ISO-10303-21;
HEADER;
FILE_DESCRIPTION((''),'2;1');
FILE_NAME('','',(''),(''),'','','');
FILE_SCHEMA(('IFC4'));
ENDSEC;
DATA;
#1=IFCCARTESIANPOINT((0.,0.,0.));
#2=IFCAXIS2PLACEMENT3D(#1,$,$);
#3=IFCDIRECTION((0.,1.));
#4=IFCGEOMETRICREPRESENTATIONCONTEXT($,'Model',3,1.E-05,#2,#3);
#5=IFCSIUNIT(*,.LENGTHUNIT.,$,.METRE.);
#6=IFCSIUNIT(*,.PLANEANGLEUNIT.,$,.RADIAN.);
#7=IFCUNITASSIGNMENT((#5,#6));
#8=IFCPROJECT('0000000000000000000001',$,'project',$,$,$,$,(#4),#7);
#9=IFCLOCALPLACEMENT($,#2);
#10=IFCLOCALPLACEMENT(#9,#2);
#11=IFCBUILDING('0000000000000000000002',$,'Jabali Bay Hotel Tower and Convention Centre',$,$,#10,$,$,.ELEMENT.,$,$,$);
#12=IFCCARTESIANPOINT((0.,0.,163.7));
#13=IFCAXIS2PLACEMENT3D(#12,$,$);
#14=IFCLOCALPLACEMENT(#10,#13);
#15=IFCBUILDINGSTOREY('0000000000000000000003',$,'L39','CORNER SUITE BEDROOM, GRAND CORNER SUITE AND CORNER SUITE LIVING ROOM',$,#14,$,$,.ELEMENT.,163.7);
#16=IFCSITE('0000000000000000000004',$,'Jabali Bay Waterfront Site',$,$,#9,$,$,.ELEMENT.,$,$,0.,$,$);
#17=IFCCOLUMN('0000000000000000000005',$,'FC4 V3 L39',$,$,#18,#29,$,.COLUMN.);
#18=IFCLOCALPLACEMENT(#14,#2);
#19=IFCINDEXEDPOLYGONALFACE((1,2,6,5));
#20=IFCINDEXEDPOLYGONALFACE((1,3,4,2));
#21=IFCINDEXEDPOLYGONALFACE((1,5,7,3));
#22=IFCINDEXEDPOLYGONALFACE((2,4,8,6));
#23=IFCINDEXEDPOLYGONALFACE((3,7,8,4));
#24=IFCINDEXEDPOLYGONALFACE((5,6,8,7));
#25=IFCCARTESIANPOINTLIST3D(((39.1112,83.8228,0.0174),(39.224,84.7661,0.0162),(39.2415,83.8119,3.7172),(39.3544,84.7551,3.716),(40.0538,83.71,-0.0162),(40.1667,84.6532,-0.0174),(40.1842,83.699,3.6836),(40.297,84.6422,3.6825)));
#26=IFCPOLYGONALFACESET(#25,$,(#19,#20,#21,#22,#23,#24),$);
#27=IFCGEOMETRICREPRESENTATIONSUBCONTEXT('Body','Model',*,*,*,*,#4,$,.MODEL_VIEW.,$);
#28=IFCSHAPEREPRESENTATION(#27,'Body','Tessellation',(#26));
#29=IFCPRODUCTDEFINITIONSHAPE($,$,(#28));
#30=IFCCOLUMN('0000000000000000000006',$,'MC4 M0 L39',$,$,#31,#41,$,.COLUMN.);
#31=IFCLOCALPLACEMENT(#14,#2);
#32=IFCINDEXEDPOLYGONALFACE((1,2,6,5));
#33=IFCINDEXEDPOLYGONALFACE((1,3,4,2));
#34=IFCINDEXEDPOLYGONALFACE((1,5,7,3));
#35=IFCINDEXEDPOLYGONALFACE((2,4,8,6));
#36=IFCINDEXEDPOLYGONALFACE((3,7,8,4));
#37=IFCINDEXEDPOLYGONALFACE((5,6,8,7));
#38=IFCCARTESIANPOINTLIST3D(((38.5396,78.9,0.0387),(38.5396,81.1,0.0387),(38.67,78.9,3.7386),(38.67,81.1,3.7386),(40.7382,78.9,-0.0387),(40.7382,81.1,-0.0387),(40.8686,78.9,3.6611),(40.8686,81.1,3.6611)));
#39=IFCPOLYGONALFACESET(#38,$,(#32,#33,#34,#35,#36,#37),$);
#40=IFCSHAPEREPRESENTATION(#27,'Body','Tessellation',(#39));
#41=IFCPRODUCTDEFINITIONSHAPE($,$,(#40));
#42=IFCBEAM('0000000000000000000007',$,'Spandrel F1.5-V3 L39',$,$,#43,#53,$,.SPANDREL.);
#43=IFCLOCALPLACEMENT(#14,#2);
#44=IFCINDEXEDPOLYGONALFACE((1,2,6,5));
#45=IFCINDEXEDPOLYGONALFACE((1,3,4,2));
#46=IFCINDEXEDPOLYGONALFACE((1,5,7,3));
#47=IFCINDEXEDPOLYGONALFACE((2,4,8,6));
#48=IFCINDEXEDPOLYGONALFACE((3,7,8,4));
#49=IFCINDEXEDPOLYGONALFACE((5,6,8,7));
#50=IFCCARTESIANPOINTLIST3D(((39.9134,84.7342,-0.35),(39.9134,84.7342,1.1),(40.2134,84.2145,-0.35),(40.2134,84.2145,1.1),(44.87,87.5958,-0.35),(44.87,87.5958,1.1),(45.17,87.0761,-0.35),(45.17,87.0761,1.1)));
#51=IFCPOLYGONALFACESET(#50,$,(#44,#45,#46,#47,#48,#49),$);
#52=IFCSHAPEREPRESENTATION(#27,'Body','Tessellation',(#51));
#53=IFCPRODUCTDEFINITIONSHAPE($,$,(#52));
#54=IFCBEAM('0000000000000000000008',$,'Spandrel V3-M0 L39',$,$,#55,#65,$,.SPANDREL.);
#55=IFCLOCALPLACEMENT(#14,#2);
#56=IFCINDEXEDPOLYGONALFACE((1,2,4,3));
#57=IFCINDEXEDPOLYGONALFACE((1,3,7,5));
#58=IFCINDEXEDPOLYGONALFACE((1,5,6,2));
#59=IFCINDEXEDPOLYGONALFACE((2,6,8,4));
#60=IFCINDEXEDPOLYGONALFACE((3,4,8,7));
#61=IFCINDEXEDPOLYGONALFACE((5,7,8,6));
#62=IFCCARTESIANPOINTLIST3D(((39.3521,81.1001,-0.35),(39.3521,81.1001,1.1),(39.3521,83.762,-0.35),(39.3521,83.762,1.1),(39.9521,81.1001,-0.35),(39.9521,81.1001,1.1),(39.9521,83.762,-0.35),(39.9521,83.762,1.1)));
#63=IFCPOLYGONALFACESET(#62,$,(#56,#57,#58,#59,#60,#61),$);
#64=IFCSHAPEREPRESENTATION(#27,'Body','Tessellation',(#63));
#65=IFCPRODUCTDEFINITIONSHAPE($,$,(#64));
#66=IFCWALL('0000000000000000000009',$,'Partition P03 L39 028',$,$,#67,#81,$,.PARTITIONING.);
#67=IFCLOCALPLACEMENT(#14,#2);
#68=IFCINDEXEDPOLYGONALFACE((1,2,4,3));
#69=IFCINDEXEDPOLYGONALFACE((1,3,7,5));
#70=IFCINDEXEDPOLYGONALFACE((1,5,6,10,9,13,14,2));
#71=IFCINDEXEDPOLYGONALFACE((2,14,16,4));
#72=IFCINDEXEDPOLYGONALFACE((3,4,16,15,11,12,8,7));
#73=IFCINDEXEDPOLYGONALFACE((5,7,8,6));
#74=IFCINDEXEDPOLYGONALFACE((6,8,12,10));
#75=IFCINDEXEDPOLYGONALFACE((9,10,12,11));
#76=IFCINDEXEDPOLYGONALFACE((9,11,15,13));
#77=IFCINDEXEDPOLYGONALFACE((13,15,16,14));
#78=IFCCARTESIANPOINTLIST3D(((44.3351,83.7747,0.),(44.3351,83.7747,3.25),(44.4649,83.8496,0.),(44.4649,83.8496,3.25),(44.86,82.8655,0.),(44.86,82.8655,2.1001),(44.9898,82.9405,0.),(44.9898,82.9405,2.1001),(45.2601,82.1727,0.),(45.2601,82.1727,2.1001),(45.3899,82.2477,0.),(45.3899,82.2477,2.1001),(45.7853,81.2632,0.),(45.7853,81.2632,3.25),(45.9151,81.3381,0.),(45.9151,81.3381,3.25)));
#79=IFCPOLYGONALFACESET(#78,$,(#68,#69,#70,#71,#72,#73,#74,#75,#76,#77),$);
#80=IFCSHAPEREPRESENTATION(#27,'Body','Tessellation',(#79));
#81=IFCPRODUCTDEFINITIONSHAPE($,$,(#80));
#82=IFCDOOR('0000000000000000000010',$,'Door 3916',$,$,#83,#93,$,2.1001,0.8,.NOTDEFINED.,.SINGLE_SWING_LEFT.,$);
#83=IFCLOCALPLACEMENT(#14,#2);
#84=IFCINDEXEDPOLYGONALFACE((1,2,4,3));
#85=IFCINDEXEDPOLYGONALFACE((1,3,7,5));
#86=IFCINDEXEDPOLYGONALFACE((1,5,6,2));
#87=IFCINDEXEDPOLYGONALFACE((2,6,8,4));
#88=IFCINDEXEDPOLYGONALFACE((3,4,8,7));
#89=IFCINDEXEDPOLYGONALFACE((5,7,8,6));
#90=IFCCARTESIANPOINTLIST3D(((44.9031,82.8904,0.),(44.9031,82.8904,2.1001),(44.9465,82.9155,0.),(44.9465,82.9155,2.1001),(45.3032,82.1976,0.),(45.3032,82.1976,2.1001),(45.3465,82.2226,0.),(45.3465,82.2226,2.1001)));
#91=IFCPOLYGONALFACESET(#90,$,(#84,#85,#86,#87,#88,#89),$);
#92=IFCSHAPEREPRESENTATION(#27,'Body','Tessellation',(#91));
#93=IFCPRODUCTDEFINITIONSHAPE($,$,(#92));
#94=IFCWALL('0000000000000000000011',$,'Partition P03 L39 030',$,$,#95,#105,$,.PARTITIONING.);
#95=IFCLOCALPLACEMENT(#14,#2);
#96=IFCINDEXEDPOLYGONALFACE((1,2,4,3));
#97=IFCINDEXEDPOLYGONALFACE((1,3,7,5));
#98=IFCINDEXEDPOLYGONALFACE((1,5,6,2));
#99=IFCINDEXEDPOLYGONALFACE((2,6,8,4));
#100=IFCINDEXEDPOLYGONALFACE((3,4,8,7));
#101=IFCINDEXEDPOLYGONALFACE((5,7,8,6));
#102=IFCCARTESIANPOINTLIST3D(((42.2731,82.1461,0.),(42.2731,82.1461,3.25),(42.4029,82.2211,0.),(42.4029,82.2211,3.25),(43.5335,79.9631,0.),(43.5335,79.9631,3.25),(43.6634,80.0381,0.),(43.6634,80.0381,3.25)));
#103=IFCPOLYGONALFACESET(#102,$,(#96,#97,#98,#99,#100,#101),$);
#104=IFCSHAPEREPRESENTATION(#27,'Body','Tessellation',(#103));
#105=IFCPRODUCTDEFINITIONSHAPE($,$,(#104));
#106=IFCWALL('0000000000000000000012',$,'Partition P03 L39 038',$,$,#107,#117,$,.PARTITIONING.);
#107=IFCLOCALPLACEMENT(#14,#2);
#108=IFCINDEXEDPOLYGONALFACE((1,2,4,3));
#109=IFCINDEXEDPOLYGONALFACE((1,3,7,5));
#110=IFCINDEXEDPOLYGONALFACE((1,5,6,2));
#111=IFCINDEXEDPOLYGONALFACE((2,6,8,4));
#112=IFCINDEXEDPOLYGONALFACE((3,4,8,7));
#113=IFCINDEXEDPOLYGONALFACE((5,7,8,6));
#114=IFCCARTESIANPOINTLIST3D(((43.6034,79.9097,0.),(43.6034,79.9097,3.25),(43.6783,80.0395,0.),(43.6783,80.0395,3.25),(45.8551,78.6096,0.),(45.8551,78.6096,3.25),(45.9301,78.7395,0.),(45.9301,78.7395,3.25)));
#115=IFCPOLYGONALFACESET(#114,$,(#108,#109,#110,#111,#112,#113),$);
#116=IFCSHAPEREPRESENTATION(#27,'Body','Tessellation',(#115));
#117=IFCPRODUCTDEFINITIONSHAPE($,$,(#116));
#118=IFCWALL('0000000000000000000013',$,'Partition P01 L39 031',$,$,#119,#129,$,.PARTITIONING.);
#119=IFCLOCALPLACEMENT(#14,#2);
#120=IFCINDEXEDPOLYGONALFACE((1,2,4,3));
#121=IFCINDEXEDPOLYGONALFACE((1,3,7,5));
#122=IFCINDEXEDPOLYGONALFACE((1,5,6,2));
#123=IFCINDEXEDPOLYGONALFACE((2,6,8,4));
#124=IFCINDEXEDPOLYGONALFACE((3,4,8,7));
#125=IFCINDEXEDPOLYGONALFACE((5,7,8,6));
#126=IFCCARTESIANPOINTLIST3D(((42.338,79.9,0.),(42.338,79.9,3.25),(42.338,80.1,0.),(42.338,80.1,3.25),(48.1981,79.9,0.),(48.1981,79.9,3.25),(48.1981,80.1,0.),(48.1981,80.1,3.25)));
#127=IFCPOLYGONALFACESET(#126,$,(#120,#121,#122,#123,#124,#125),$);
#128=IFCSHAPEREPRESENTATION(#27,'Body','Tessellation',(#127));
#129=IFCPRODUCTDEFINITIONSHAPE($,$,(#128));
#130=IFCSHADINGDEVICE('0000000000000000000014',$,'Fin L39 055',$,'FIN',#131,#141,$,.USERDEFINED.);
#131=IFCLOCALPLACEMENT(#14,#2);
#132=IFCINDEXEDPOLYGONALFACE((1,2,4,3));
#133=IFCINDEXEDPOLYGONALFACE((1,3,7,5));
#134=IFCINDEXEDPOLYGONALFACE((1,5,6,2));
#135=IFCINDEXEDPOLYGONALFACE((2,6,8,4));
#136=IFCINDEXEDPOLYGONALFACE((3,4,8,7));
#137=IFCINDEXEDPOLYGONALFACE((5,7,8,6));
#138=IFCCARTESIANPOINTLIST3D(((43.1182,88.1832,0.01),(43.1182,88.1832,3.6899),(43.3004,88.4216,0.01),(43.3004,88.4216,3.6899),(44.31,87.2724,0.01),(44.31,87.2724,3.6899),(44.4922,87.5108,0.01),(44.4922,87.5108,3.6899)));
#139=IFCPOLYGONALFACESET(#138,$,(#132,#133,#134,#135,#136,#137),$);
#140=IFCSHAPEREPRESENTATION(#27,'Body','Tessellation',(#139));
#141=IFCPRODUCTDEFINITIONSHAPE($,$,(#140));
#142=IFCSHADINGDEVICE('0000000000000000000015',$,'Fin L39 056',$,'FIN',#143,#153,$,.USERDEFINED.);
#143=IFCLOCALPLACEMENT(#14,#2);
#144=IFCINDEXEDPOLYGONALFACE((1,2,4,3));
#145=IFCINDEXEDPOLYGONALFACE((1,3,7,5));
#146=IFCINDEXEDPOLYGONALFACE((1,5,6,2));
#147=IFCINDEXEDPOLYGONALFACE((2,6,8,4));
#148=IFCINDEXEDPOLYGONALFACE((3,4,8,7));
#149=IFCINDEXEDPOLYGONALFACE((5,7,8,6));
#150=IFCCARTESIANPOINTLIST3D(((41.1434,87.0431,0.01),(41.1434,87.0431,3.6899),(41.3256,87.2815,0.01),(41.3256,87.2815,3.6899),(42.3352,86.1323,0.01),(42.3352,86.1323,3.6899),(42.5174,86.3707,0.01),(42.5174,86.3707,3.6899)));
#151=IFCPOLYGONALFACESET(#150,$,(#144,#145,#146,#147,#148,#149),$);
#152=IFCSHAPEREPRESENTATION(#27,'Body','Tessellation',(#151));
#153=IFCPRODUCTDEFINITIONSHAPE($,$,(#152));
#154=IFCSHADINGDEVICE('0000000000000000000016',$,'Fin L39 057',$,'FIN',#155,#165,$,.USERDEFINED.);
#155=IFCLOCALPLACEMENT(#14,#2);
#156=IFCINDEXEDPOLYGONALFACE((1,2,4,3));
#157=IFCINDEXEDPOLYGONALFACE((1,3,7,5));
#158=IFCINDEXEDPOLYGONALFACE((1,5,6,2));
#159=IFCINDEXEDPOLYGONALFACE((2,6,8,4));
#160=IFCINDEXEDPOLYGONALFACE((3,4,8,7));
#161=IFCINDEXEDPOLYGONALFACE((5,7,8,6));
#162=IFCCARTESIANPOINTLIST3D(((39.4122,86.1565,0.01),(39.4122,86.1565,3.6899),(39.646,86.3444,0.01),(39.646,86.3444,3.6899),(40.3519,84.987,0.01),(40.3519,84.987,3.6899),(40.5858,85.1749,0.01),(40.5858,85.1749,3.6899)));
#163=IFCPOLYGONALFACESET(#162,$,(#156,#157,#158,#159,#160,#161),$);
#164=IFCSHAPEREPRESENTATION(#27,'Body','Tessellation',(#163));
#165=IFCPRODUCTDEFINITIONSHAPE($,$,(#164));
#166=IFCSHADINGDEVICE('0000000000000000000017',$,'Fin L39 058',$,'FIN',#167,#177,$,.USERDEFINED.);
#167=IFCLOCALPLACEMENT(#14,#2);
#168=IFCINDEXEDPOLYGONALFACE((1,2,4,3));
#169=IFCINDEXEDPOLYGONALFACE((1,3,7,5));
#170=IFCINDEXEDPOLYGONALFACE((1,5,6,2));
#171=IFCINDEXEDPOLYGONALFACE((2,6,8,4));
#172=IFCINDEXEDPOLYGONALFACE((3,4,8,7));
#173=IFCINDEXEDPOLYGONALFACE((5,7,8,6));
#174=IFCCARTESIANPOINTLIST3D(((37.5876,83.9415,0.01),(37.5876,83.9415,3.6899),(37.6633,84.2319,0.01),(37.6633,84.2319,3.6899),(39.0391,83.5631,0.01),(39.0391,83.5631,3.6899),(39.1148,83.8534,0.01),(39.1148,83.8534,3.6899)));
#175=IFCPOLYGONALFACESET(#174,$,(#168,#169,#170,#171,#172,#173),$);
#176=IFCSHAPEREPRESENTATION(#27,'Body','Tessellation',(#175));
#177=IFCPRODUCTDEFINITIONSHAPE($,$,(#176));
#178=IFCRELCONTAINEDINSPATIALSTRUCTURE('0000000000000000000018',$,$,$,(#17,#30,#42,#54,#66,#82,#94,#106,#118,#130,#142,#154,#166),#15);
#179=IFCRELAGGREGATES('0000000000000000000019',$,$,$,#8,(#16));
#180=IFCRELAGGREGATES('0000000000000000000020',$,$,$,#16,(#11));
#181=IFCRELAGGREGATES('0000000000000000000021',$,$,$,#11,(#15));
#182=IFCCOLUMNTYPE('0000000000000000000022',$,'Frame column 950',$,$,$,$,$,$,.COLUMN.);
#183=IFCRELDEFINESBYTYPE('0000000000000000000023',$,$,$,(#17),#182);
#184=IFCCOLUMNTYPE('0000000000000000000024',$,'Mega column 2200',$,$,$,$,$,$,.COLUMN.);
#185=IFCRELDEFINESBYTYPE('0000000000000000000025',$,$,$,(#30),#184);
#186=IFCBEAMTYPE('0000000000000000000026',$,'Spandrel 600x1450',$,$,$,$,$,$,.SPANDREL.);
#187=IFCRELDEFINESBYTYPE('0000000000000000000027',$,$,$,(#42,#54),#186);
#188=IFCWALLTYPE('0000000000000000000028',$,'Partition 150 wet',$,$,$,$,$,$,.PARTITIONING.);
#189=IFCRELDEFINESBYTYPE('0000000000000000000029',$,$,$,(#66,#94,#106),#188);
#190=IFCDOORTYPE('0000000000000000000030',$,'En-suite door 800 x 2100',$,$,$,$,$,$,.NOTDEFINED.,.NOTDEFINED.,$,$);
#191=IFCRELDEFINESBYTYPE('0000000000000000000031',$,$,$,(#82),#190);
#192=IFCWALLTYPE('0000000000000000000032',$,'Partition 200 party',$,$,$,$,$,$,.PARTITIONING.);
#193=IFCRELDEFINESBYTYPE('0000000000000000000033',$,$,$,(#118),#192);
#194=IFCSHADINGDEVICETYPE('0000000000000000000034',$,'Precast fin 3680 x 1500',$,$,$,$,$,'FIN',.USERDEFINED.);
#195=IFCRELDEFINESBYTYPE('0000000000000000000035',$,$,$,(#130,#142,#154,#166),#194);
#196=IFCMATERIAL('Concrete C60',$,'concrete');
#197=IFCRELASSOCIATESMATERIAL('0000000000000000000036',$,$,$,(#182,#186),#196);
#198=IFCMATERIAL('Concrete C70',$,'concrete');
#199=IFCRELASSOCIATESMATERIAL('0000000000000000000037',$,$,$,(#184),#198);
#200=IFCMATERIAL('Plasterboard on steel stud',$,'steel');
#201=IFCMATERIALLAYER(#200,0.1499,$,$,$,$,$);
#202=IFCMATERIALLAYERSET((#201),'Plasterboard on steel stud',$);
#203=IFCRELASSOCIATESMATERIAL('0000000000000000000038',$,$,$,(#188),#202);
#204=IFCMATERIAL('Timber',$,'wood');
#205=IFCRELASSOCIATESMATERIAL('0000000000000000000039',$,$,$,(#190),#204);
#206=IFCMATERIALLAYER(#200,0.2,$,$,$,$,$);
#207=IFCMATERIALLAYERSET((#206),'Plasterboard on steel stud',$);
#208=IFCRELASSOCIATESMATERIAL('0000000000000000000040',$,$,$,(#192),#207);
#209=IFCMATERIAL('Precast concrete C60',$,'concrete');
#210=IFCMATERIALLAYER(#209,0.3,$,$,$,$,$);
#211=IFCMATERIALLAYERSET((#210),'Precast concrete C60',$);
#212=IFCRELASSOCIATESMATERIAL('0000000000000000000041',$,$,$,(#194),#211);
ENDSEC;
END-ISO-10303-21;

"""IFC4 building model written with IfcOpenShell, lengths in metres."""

from ifc_helpers import new_model, si_unit, direction, frame, frame_2d, origin, origin_2d, place, context, subcontext, project, spatial, rectangle, extrude, material, layer, layer_set, material_profile, profile_set, type_object, element, fill, save


model = new_model("IFC4")

# Units and contexts
model_context = context("Model", 3, precision=1e-05, world=origin(), true_north=direction((0.0, 1.0)))
body_context = subcontext(model_context, "Body", "Model", "MODEL_VIEW")
ifc_project = project(units=[si_unit("LENGTHUNIT", "METRE"), si_unit("PLANEANGLEUNIT", "RADIAN")], contexts=[model_context])

# Site, building, storey
site_placement = place(None, origin())
site = spatial("IfcSite", under=ifc_project, at=site_placement, Name="Jabali Bay Waterfront Site", CompositionType="ELEMENT", RefElevation=0.0)
building_placement = place(site_placement, origin())
building = spatial("IfcBuilding", under=site, at=building_placement, Name="Jabali Bay Hotel Tower and Convention Centre", CompositionType="ELEMENT")
storey_placement = place(building_placement, frame((0.0, 0.0, 163.7)))
storey = spatial("IfcBuildingStorey", under=building, at=storey_placement, Name="L39", Description="CORNER SUITE BEDROOM, GRAND CORNER SUITE AND CORNER SUITE LIVING ROOM", CompositionType="ELEMENT", Elevation=163.7)

# Columns
ifc_material_1 = material(Name="Concrete C60", Category="concrete")
ifc_material_profile_1 = material_profile(ifc_material_1, rectangle(XDim=0.95, YDim=0.95, at=origin_2d()), Name="Frame column 950")
ifc_profile_set_1 = profile_set([ifc_material_profile_1], Name="Concrete C60")
column_type_1 = type_object("IfcColumnType", Name="Frame column 950", PredefinedType="COLUMN", material=ifc_profile_set_1)
column_1_placement = place(storey_placement, frame((39.6389, 84.238, 0.0), z_axis=(0.035214, -0.002967, 0.999375), x_axis=(-0.992291, 0.118791, 0.035317)))
element("IfcColumn", 1, at=column_1_placement, inside=storey, type_object=column_type_1, Name="FC4 V3 L39", PredefinedType="COLUMN", context=body_context, shape_type="SweptSolid", body=[
    extrude(rectangle(XDim=0.95, YDim=0.95, at=origin_2d()), origin(), (0.0, 0.0, 1.0), 3.7021),
])
ifc_material_2 = material(Name="Concrete C70", Category="concrete")
ifc_material_profile_2 = material_profile(ifc_material_2, rectangle(XDim=2.2, YDim=2.2, at=origin_2d()), Name="Mega column 2200")
ifc_profile_set_2 = profile_set([ifc_material_profile_2], Name="Concrete C70")
column_type_2 = type_object("IfcColumnType", Name="Mega column 2200", PredefinedType="COLUMN", material=ifc_profile_set_2)
column_2_placement = place(storey_placement, frame((39.6389, 80.0, 0.0), z_axis=(0.035214, 0.0, 0.99938), x_axis=(0.0, 1.0, 0.0)))
element("IfcColumn", 2, at=column_2_placement, inside=storey, type_object=column_type_2, Name="MC4 M0 L39", PredefinedType="COLUMN", context=body_context, shape_type="SweptSolid", body=[
    extrude(rectangle(XDim=2.2, YDim=2.2, at=origin_2d()), origin(), (0.0, 0.0, 1.0), 3.7021),
])

# Beams
ifc_material_profile_3 = material_profile(ifc_material_1, rectangle(XDim=0.6001, YDim=1.45, at=origin_2d()), Name="Spandrel 600x1450")
ifc_profile_set_3 = profile_set([ifc_material_profile_3], Name="Concrete C60")
beam_type = type_object("IfcBeamType", Name="Spandrel 600x1450", PredefinedType="SPANDREL", material=ifc_profile_set_3)
beam_1_placement = place(storey_placement, frame((45.02, 87.3359, 0.375), z_axis=(-0.866032, -0.499988, 0.0), x_axis=(0.499988, -0.866032, 0.0)))
element("IfcBeam", 3, at=beam_1_placement, inside=storey, type_object=beam_type, Name="Spandrel F1.5-V3 L39", PredefinedType="SPANDREL", context=body_context, shape_type="SweptSolid", body=[
    extrude(rectangle(XDim=0.6001, YDim=1.45, at=origin_2d()), origin(), (0.0, 0.0, 1.0), 5.7234),
])
beam_2_placement = place(storey_placement, frame((39.6521, 83.762, 0.375), z_axis=(0.0, -1.0, 0.0), x_axis=(1.0, 0.0, 0.0)))
element("IfcBeam", 4, at=beam_2_placement, inside=storey, type_object=beam_type, Name="Spandrel V3-M0 L39", PredefinedType="SPANDREL", context=body_context, shape_type="SweptSolid", body=[
    extrude(rectangle(XDim=0.6001, YDim=1.45, at=origin_2d()), origin(), (0.0, 0.0, 1.0), 2.6619),
])

# Wall, opening, door
ifc_material_3 = material(Name="Plasterboard on steel stud", Category="steel")
ifc_layer_1 = layer(ifc_material_3, 0.1499)
ifc_layer_set_1 = layer_set([ifc_layer_1], Name="Plasterboard on steel stud")
wall_type_1 = type_object("IfcWallType", Name="Partition 150 wet", PredefinedType="PARTITIONING", material=ifc_layer_set_1)
wall_1_placement = place(storey_placement, frame((44.3999, 83.8123, 0.0), z_axis=(0.0, 0.0, 1.0), x_axis=(0.50005, -0.865996, 0.0)))
wall_1 = element("IfcWall", 5, at=wall_1_placement, inside=storey, type_object=wall_type_1, Name="Partition P03 L39 028", PredefinedType="PARTITIONING", context=body_context, shape_type="SweptSolid", body=[
    extrude(rectangle(XDim=2.9001, YDim=0.1499, at=frame_2d((1.4502, 0.0))), origin(), (0.0, 0.0, 1.0), 3.25),
])
opening_1_placement = place(wall_1_placement, frame((1.05, 0.0, 0.0)))
opening_1 = element("IfcOpeningElement", 6, at=opening_1_placement, cuts=wall_1, PredefinedType="OPENING", context=body_context, shape_type="SweptSolid", body=[
    extrude(rectangle(XDim=0.8, YDim=2.1001, at=frame_2d((0.3999, 1.05))), frame((0.0, 0.0854, 0.0), z_axis=(0.0, -1.0, 0.0), x_axis=(1.0, 0.0, 0.0)), (0.0, 0.0, 1.0), 0.1709),
])
ifc_material_4 = material(Name="Timber", Category="wood")
door_type_1 = type_object("IfcDoorType", Name="En-suite door 800 x 2100", OperationType="NOTDEFINED", PredefinedType="NOTDEFINED", material=ifc_material_4)
door_1_placement = place(opening_1_placement, origin())
door_1 = element("IfcDoor", 7, at=door_1_placement, inside=storey, type_object=door_type_1, Name="Door 3916", OperationType="SINGLE_SWING_LEFT", OverallHeight=2.1001, OverallWidth=0.8, PredefinedType="NOTDEFINED", context=body_context, shape_type="SweptSolid", body=[
    extrude(rectangle(XDim=0.8, YDim=2.1001, at=frame_2d((0.3999, 1.05))), frame((0.0, 0.0249, 0.0), z_axis=(0.0, -1.0, 0.0), x_axis=(1.0, 0.0, 0.0)), (0.0, 0.0, 1.0), 0.05),
])
fill(opening_1, door_1)

# Walls
wall_2_placement = place(storey_placement, frame((43.5984, 80.0007, 0.0), z_axis=(0.0, 0.0, 1.0), x_axis=(-0.500024, 0.866011, 0.0)))
element("IfcWall", 8, at=wall_2_placement, inside=storey, type_object=wall_type_1, Name="Partition P03 L39 030", PredefinedType="PARTITIONING", context=body_context, shape_type="SweptSolid", body=[
    extrude(rectangle(XDim=2.5208, YDim=0.1499, at=frame_2d((1.2603, 0.0))), origin(), (0.0, 0.0, 1.0), 3.25),
])
wall_3_placement = place(storey_placement, frame((43.6409, 79.9746, 0.0), z_axis=(0.0, 0.0, 1.0), x_axis=(0.866021, -0.500007, 0.0)))
element("IfcWall", 9, at=wall_3_placement, inside=storey, type_object=wall_type_1, Name="Partition P03 L39 038", PredefinedType="PARTITIONING", context=body_context, shape_type="SweptSolid", body=[
    extrude(rectangle(XDim=2.6001, YDim=0.1499, at=frame_2d((1.3, 0.0))), origin(), (0.0, 0.0, 1.0), 3.25),
])
ifc_layer_2 = layer(ifc_material_3, 0.2)
ifc_layer_set_2 = layer_set([ifc_layer_2], Name="Plasterboard on steel stud")
wall_type_2 = type_object("IfcWallType", Name="Partition 200 party", PredefinedType="PARTITIONING", material=ifc_layer_set_2)
wall_4_placement = place(storey_placement, frame((42.3379, 80.0, 0.0), z_axis=(0.0, 0.0, 1.0), x_axis=(1.0, 0.0, 0.0)))
element("IfcWall", 10, at=wall_4_placement, inside=storey, type_object=wall_type_2, Name="Partition P01 L39 031", PredefinedType="PARTITIONING", context=body_context, shape_type="SweptSolid", body=[
    extrude(rectangle(XDim=5.8601, YDim=0.2, at=frame_2d((2.9302, 0.0))), origin(), (0.0, 0.0, 1.0), 3.25),
])

# Shading devices
ifc_material_5 = material(Name="Precast concrete C60", Category="concrete")
ifc_layer_3 = layer(ifc_material_5, 0.3)
ifc_layer_set_3 = layer_set([ifc_layer_3], Name="Precast concrete C60")
shading_device_type = type_object("IfcShadingDeviceType", Name="Precast fin 3680 x 1500", ElementType="FIN", PredefinedType="USERDEFINED", material=ifc_layer_set_3)
for number, where, z_axis, x_axis, name in (
    (11, (44.4011, 87.3916, 0.01), (0.0, 0.0, 1.0), (-0.794538, 0.607214, 0.0), "Fin L39 055"),
    (12, (42.4263, 86.2515, 0.01), (0.0, 0.0, 1.0), (-0.794538, 0.607214, 0.0), "Fin L39 056"),
):
    element("IfcShadingDevice", number, at=place(storey_placement, frame(where, z_axis=z_axis, x_axis=x_axis)), inside=storey, type_object=shading_device_type, Name=name, ObjectType="FIN", PredefinedType="USERDEFINED", context=body_context, shape_type="SweptSolid", body=[
        extrude(rectangle(XDim=1.5, YDim=0.3, at=frame_2d((0.75, 0.0))), origin(), (0.0, 0.0, 1.0), 3.6799),
    ])
shading_device_1_placement = place(storey_placement, frame((40.4688, 85.0811, 0.01), z_axis=(0.0, 0.0, 1.0), x_axis=(-0.626381, 0.779517, 0.0)))
element("IfcShadingDevice", 13, at=shading_device_1_placement, inside=storey, type_object=shading_device_type, Name="Fin L39 057", ObjectType="FIN", PredefinedType="USERDEFINED", context=body_context, shape_type="SweptSolid", body=[
    extrude(rectangle(XDim=1.5002, YDim=0.3, at=frame_2d((0.75, 0.0))), origin(), (0.0, 0.0, 1.0), 3.6799),
])
shading_device_2_placement = place(storey_placement, frame((39.0769, 83.7083, 0.01), z_axis=(0.0, 0.0, 1.0), x_axis=(-0.967652, 0.252289, 0.0)))
element("IfcShadingDevice", 14, at=shading_device_2_placement, inside=storey, type_object=shading_device_type, Name="Fin L39 058", ObjectType="FIN", PredefinedType="USERDEFINED", context=body_context, shape_type="SweptSolid", body=[
    extrude(rectangle(XDim=1.5, YDim=0.3, at=frame_2d((0.75, 0.0))), origin(), (0.0, 0.0, 1.0), 3.6799),
])

save(model, "model.ifc")
